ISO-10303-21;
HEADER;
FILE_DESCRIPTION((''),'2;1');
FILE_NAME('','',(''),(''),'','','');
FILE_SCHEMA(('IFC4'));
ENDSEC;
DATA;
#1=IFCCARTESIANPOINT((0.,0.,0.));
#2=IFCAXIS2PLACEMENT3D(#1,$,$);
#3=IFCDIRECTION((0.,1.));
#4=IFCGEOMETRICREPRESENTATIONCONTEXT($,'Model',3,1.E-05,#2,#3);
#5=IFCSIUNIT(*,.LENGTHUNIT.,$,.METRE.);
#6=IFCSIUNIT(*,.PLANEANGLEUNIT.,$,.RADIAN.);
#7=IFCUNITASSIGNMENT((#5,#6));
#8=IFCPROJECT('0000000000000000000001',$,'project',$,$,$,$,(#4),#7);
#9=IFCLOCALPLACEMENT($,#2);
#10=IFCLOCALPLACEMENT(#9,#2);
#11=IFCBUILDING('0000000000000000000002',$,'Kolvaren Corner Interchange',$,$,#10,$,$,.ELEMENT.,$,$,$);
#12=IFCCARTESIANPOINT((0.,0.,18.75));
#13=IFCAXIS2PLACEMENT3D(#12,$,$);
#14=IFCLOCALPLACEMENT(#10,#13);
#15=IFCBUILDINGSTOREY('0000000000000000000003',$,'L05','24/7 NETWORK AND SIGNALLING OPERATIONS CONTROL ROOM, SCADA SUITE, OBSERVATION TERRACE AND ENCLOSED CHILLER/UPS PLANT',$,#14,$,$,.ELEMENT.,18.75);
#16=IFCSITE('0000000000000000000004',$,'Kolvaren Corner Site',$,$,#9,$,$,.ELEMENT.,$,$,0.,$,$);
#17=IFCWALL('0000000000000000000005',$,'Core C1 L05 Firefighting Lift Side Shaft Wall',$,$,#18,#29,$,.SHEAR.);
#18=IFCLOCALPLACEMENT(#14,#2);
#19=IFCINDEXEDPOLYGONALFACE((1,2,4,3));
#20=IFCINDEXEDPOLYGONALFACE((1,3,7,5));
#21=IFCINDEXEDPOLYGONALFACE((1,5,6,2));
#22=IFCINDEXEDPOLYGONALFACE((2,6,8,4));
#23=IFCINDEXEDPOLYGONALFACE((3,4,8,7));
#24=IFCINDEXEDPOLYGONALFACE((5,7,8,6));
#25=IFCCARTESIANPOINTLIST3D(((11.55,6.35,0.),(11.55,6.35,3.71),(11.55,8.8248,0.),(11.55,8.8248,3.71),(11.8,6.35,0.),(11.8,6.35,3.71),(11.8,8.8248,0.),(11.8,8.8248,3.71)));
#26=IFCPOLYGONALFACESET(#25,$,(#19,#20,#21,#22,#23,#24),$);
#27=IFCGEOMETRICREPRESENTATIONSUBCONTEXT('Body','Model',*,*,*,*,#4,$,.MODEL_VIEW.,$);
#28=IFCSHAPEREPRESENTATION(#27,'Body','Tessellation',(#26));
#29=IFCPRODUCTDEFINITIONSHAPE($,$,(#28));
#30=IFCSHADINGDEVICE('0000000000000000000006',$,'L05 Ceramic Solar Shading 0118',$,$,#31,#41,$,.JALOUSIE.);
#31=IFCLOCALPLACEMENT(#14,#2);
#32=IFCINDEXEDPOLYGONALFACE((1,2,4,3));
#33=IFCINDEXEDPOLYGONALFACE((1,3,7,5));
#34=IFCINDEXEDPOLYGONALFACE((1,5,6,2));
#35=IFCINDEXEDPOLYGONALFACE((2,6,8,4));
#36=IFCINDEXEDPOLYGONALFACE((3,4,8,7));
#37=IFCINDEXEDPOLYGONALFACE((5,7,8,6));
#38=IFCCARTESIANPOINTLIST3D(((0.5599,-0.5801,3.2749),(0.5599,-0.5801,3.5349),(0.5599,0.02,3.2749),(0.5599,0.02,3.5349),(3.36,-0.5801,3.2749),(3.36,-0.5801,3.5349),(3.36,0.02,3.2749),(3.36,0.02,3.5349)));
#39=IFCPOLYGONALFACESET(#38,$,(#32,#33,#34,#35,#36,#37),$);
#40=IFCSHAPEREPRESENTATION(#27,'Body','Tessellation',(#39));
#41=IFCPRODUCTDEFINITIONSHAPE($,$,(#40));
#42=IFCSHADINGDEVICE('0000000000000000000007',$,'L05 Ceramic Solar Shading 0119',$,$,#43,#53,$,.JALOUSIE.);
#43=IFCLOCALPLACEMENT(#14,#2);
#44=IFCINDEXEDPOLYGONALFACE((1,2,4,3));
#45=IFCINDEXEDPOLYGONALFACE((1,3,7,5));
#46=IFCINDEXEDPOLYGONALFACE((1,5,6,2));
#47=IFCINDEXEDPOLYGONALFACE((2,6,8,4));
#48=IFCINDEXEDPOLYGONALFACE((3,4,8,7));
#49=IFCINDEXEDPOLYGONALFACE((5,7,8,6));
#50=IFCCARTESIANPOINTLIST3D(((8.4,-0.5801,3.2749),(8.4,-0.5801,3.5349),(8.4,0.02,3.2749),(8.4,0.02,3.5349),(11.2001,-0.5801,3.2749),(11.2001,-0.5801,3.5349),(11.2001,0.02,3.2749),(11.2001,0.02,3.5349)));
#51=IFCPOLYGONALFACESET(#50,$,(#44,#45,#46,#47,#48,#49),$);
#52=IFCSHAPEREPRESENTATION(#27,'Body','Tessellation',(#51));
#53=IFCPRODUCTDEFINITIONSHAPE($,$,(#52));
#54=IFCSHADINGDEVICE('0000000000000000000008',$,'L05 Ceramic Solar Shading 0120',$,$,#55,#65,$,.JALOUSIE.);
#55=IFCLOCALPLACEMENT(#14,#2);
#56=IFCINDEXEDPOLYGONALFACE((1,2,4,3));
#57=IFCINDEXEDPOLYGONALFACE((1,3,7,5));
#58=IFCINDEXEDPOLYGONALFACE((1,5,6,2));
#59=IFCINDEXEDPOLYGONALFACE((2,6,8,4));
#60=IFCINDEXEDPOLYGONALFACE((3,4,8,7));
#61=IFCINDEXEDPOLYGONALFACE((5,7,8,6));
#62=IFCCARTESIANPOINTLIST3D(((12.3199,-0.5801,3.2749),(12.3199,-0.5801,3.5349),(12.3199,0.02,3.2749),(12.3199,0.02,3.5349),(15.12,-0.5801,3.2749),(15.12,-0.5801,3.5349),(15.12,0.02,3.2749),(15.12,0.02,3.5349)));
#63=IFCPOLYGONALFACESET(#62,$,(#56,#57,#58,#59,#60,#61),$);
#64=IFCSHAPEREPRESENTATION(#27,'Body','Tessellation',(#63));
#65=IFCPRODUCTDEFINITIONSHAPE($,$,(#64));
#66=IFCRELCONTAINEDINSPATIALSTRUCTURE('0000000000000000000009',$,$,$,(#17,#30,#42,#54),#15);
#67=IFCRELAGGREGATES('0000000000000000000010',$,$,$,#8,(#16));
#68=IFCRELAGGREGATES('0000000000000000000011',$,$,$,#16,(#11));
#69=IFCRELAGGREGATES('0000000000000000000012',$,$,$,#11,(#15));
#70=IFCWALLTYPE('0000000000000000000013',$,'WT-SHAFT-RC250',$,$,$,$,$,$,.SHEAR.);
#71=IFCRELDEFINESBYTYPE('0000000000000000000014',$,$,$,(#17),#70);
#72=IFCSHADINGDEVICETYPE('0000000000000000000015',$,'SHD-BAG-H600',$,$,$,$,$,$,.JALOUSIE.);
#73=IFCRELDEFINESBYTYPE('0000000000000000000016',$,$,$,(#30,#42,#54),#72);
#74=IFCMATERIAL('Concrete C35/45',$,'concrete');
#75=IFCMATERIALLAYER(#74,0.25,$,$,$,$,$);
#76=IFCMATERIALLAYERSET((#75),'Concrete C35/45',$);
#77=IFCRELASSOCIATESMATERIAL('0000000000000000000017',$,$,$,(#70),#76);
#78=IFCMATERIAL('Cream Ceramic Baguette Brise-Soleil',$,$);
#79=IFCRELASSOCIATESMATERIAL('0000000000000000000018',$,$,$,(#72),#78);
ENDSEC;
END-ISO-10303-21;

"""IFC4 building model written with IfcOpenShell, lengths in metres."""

from ifc_helpers import new_model, si_unit, direction, frame, frame_2d, origin, origin_2d, place, context, subcontext, project, spatial, rectangle, extrude, material, layer, layer_set, type_object, element, save


model = new_model("IFC4")

# Units and contexts
model_context = context("Model", 3, precision=1e-05, world=origin(), true_north=direction((0.0, 1.0)))
body_context = subcontext(model_context, "Body", "Model", "MODEL_VIEW")
ifc_project = project(units=[si_unit("LENGTHUNIT", "METRE"), si_unit("PLANEANGLEUNIT", "RADIAN")], contexts=[model_context])

# Site, building, storey
site_placement = place(None, origin())
site = spatial("IfcSite", under=ifc_project, at=site_placement, Name="Kolvaren Corner Site", CompositionType="ELEMENT", RefElevation=0.0)
building_placement = place(site_placement, origin())
building = spatial("IfcBuilding", under=site, at=building_placement, Name="Kolvaren Corner Interchange", CompositionType="ELEMENT")
storey_placement = place(building_placement, frame((0.0, 0.0, 18.75)))
storey = spatial("IfcBuildingStorey", under=building, at=storey_placement, Name="L05", Description="24/7 NETWORK AND SIGNALLING OPERATIONS CONTROL ROOM, SCADA SUITE, OBSERVATION TERRACE AND ENCLOSED CHILLER/UPS PLANT", CompositionType="ELEMENT", Elevation=18.75)

# Wall
ifc_material_1 = material(Name="Concrete C35/45", Category="concrete")
ifc_layer_1 = layer(ifc_material_1, 0.25)
ifc_layer_set_1 = layer_set([ifc_layer_1], Name="Concrete C35/45")
wall_type_1 = type_object("IfcWallType", Name="WT-SHAFT-RC250", PredefinedType="SHEAR", material=ifc_layer_set_1)
wall_1_placement = place(storey_placement, frame((11.675, 6.3501, 0.0), z_axis=(0.0, 0.0, 1.0), x_axis=(0.0, 1.0, 0.0)))
element("IfcWall", 1, at=wall_1_placement, inside=storey, type_object=wall_type_1, Name="Core C1 L05 Firefighting Lift Side Shaft Wall", PredefinedType="SHEAR", context=body_context, shape_type="SweptSolid", body=[
    extrude(rectangle(XDim=2.4749, YDim=0.25, at=frame_2d((1.2373, 0.0))), origin(), (0.0, 0.0, 1.0), 3.71),
])

# Shading devices
ifc_material_2 = material(Name="Cream Ceramic Baguette Brise-Soleil")
shading_device_type = type_object("IfcShadingDeviceType", Name="SHD-BAG-H600", PredefinedType="JALOUSIE", material=ifc_material_2)
for number, where, z_axis, x_axis, name in (
    (2, (1.96, -0.28, 3.2749), (0.0, 0.0, 1.0), (1.0, 0.0, 0.0), "L05 Ceramic Solar Shading 0118"),
    (3, (9.8, -0.28, 3.2749), (0.0, 0.0, 1.0), (1.0, 0.0, 0.0), "L05 Ceramic Solar Shading 0119"),
    (4, (13.72, -0.28, 3.2749), (0.0, 0.0, 1.0), (1.0, 0.0, 0.0), "L05 Ceramic Solar Shading 0120"),
):
    element("IfcShadingDevice", number, at=place(storey_placement, frame(where, z_axis=z_axis, x_axis=x_axis)), inside=storey, type_object=shading_device_type, Name=name, PredefinedType="JALOUSIE", context=body_context, shape_type="SweptSolid", body=[
        extrude(rectangle(XDim=2.8, YDim=0.6001, at=origin_2d()), origin(), (0.0, 0.0, 1.0), 0.26),
    ])

save(model, "model.ifc")
